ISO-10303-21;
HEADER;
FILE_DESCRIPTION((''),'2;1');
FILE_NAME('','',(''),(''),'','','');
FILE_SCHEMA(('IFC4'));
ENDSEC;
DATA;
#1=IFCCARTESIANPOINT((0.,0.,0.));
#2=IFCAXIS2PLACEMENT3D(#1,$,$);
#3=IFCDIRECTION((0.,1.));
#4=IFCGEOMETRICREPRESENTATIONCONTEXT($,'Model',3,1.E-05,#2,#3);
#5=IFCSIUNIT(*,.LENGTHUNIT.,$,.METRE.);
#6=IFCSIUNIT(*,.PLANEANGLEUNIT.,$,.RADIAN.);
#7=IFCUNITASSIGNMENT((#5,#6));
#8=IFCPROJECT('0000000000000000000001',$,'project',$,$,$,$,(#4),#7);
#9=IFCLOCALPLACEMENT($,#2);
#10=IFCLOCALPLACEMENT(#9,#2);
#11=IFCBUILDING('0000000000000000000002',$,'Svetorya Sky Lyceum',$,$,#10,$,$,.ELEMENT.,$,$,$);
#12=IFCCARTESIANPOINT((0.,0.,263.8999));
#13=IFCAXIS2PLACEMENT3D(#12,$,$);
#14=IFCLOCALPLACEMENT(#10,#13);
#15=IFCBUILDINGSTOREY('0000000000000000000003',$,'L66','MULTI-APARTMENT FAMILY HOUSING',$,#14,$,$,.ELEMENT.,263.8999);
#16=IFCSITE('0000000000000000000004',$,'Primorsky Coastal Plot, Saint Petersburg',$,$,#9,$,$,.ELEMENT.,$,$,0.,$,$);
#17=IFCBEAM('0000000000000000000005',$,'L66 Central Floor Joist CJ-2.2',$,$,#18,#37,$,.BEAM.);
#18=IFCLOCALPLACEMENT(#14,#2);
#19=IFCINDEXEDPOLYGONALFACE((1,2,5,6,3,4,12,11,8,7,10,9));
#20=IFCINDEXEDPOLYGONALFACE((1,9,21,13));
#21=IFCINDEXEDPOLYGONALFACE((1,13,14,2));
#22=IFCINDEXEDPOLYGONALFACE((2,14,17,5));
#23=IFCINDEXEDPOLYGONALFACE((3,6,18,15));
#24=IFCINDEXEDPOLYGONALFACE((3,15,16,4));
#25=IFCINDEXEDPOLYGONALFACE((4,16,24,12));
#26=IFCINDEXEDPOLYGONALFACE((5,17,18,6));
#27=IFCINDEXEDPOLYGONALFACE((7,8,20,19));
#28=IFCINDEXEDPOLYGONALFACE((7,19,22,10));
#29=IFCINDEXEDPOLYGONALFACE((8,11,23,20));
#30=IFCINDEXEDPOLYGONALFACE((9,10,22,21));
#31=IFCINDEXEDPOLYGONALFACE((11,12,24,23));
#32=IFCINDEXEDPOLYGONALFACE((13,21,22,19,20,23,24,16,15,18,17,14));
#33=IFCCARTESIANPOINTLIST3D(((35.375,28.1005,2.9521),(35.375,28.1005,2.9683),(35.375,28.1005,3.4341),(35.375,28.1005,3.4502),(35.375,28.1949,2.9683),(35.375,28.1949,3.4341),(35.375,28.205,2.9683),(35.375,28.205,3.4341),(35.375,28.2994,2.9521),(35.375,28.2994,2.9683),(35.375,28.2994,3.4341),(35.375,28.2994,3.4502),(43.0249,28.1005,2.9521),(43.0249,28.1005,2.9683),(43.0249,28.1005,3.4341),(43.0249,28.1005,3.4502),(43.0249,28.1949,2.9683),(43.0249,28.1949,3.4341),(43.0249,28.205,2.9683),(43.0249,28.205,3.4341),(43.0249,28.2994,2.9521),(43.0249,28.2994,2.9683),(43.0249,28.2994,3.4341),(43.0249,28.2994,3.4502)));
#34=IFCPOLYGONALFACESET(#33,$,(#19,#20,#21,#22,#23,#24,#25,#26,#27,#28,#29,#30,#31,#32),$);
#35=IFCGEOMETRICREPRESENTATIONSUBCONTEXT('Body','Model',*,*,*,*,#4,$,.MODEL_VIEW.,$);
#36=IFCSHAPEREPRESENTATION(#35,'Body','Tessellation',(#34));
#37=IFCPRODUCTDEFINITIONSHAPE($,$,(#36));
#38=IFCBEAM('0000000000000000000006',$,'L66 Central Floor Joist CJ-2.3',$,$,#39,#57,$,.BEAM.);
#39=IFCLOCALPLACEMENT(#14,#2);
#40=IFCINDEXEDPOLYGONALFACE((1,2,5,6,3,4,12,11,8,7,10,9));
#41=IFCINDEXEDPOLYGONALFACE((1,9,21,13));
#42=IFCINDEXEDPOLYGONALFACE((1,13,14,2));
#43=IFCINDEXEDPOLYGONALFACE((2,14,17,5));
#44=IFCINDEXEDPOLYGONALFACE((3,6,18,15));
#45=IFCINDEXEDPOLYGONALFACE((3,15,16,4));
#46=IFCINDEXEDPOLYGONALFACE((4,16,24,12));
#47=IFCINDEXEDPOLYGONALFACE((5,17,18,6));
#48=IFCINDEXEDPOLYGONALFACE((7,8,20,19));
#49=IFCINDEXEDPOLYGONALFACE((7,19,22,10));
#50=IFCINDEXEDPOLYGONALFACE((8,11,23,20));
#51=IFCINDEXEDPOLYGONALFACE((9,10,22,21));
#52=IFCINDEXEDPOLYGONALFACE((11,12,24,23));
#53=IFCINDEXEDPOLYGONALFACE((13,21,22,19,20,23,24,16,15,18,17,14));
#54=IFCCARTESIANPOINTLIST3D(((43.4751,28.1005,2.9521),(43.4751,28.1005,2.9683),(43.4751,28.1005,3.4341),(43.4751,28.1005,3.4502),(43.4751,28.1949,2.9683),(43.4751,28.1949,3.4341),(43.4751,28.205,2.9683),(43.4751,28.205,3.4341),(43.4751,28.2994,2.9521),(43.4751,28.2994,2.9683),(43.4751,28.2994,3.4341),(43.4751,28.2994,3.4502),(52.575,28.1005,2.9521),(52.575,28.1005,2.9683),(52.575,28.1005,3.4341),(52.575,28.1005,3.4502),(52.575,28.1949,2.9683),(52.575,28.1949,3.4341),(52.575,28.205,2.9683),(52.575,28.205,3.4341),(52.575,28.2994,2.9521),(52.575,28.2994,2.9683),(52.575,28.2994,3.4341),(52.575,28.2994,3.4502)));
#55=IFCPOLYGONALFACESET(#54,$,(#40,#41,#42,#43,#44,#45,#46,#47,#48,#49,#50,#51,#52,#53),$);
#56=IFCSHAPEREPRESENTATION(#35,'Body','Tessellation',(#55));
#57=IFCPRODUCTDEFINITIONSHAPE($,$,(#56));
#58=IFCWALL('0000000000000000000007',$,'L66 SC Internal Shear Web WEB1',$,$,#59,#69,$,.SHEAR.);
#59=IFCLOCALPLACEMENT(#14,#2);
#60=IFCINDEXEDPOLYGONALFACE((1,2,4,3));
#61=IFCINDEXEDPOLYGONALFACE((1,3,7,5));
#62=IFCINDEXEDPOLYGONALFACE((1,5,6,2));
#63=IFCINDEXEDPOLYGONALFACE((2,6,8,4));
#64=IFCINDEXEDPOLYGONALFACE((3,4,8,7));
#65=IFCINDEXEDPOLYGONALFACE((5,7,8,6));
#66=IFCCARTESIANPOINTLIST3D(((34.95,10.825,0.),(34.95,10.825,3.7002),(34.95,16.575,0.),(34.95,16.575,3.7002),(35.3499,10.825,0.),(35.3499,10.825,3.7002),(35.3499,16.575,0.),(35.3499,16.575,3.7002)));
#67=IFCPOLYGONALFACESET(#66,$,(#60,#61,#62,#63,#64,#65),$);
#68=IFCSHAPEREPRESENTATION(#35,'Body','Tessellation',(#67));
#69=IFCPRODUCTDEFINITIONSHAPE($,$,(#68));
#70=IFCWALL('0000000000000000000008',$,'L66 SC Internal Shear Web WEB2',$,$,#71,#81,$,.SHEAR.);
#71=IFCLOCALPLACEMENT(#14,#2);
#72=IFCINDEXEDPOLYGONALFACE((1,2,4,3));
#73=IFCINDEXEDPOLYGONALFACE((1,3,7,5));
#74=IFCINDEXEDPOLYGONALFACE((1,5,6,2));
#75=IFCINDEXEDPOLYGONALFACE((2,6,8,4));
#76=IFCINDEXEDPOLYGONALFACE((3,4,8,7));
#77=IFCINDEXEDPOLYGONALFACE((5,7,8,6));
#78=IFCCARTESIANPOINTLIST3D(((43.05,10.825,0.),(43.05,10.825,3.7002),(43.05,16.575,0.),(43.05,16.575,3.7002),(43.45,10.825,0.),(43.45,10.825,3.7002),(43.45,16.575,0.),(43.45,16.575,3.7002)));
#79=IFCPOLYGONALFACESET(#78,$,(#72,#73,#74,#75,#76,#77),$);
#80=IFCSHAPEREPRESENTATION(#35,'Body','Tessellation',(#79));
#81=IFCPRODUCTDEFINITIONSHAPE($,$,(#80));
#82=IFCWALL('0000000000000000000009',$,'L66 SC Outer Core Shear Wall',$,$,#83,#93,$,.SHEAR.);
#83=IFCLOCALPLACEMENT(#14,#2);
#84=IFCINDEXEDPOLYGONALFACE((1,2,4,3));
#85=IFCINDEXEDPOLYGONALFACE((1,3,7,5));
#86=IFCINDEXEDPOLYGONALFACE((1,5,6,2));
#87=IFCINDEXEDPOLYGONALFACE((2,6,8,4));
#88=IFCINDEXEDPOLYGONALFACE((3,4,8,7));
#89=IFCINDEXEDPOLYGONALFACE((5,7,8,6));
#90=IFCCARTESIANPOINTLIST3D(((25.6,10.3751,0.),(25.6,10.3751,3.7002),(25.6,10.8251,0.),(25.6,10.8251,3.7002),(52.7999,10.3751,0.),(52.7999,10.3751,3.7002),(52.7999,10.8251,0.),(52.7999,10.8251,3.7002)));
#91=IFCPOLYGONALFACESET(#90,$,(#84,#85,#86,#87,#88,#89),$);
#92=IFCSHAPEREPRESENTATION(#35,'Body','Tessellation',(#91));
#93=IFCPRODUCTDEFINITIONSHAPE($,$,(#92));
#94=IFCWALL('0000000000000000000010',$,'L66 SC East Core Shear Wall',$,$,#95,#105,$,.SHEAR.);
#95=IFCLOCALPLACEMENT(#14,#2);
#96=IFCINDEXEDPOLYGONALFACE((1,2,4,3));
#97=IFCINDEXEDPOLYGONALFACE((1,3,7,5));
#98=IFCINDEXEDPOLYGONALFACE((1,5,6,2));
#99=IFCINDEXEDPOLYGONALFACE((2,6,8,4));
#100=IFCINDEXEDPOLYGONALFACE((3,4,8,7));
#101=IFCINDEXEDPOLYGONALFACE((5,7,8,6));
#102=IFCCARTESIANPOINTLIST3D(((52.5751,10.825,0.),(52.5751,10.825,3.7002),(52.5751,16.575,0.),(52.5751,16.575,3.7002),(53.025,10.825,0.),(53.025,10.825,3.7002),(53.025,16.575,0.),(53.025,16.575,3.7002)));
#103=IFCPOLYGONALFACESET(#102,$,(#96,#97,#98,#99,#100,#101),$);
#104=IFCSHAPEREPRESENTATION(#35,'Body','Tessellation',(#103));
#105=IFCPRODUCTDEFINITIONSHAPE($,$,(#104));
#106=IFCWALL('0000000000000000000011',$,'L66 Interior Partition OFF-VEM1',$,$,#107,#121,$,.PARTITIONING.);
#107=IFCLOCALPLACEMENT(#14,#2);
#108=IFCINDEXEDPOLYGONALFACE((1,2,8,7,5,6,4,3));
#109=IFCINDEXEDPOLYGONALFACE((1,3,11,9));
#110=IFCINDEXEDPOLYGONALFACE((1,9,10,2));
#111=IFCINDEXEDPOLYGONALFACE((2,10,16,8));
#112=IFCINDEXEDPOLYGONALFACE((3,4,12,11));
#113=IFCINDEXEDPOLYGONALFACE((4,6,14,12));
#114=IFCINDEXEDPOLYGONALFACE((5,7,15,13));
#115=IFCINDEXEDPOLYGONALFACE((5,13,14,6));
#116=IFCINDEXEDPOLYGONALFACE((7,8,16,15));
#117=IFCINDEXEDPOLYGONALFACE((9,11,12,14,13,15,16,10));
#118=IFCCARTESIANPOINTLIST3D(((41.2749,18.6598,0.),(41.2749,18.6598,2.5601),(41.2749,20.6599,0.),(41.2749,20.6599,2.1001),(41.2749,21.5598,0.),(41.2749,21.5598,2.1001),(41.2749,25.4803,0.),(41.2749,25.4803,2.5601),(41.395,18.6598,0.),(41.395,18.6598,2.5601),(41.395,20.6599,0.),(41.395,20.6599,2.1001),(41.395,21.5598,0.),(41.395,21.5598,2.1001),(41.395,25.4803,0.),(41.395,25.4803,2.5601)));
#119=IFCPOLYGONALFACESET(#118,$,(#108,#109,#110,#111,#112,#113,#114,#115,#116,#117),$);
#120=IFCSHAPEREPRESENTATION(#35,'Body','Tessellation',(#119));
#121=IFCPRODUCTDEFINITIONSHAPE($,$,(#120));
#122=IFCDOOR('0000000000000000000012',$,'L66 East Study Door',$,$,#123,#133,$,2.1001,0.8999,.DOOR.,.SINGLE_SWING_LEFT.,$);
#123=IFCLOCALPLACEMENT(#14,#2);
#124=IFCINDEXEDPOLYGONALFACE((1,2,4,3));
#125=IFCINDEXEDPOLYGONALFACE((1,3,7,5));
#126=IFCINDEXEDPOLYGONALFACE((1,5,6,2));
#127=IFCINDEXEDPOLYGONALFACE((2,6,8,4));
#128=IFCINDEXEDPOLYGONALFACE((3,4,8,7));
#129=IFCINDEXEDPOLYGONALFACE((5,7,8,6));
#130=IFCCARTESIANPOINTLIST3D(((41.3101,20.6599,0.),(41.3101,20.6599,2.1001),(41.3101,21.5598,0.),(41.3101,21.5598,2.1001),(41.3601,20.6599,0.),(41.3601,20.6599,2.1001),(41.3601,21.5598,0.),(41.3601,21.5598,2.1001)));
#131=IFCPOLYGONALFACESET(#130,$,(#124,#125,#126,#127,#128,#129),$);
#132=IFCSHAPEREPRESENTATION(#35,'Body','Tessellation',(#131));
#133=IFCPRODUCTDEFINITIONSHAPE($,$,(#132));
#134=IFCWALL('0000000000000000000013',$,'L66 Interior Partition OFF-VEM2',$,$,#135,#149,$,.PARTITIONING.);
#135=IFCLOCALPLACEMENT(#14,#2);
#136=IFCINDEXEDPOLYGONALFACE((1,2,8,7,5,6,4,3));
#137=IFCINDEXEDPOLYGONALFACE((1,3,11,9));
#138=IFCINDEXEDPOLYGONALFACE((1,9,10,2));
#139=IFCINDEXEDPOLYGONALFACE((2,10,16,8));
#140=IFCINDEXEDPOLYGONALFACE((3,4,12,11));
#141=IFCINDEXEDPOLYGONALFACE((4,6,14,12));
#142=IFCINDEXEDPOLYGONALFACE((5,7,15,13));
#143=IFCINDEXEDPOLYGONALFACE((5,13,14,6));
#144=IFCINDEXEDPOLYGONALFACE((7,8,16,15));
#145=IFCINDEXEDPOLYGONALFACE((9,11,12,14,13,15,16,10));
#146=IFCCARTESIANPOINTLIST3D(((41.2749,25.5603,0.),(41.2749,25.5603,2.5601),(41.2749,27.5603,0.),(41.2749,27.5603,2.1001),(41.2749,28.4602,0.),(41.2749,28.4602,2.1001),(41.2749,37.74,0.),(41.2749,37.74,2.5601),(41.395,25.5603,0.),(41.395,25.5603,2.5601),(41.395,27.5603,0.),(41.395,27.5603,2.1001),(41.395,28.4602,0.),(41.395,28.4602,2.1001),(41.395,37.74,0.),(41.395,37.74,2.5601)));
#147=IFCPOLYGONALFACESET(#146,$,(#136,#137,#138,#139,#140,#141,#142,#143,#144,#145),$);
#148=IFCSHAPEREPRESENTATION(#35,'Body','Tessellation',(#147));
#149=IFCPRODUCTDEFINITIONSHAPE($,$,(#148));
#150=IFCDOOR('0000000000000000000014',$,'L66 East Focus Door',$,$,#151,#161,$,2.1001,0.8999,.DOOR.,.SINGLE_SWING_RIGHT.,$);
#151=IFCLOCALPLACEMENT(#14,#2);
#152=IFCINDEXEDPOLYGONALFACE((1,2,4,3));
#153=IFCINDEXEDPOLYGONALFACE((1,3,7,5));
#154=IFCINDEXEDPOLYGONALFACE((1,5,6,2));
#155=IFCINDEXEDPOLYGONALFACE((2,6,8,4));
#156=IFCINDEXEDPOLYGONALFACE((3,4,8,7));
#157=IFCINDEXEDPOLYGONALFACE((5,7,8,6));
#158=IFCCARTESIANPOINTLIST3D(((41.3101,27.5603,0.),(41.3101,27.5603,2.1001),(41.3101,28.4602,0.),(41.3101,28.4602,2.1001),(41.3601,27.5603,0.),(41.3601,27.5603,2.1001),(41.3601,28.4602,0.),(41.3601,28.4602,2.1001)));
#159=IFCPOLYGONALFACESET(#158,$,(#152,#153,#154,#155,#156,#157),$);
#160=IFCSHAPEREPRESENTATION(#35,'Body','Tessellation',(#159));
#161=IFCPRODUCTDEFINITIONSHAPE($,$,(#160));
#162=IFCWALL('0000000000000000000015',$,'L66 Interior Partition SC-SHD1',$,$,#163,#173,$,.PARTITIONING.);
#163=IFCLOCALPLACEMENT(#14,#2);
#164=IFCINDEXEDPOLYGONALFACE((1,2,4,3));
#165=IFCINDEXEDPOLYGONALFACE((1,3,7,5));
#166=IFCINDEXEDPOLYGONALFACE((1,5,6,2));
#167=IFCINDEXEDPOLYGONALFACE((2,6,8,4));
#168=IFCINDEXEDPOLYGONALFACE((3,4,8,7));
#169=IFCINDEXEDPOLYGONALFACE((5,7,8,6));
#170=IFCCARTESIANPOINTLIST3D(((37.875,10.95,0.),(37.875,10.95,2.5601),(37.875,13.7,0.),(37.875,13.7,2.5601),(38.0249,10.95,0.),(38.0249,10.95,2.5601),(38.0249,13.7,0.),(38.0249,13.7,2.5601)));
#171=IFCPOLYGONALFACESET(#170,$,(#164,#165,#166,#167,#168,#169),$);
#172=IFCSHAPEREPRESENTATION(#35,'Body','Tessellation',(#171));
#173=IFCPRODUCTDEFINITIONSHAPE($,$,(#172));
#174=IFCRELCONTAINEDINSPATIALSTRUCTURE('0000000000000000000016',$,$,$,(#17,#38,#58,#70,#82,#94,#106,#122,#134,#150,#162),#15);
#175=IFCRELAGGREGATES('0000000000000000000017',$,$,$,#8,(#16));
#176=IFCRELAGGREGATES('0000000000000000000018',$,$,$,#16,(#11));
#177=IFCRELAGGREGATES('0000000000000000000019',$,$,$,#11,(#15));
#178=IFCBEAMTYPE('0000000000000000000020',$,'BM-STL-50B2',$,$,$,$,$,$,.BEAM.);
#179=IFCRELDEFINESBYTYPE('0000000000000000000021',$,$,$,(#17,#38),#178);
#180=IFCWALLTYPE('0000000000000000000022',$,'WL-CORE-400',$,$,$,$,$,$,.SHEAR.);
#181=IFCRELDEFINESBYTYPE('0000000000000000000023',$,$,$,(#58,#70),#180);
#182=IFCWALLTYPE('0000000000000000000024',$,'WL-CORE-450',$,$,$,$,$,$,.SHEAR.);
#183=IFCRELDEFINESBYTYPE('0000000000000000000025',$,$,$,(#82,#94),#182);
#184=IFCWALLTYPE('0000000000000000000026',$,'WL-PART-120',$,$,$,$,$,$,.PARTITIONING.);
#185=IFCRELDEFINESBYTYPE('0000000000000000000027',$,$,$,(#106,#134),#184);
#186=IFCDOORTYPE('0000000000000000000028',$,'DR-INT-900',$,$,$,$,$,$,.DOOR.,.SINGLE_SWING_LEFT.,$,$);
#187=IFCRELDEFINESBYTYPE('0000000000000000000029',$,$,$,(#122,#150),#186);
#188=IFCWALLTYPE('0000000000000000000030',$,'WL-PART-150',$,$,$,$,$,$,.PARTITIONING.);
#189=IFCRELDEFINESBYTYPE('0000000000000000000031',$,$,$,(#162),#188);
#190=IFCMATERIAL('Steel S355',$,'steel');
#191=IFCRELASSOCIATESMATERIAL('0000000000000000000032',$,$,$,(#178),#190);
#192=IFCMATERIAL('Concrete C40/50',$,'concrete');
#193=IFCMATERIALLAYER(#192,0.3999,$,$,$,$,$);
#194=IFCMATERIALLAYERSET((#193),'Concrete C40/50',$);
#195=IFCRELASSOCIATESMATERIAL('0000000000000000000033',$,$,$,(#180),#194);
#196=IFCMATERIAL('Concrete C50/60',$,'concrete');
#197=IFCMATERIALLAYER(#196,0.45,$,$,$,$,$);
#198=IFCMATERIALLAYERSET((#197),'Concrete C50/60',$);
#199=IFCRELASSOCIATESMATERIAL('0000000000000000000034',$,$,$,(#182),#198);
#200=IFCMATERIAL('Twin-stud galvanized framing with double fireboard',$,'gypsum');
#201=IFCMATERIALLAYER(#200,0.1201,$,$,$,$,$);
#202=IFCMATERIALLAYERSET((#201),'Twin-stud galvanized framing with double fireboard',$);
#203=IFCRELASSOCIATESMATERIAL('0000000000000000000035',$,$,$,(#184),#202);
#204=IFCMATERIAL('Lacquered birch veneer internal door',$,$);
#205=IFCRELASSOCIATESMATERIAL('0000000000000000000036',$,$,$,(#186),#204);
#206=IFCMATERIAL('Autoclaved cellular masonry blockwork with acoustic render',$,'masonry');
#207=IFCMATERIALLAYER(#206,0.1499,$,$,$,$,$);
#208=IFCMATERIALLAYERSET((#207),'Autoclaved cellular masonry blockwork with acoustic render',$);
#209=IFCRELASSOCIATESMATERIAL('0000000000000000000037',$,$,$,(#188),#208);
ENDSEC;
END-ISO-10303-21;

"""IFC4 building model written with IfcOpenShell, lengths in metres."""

from ifc_helpers import new_model, si_unit, direction, frame, frame_2d, origin, origin_2d, place, context, subcontext, project, spatial, rectangle, i_section, extrude, material, layer, layer_set, material_profile, profile_set, type_object, element, fill, save


model = new_model("IFC4")

# Units and contexts
model_context = context("Model", 3, precision=1e-05, world=origin(), true_north=direction((0.0, 1.0)))
body_context = subcontext(model_context, "Body", "Model", "MODEL_VIEW")
ifc_project = project(units=[si_unit("LENGTHUNIT", "METRE"), si_unit("PLANEANGLEUNIT", "RADIAN")], contexts=[model_context])

# Site, building, storey
site_placement = place(None, origin())
site = spatial("IfcSite", under=ifc_project, at=site_placement, Name="Primorsky Coastal Plot, Saint Petersburg", CompositionType="ELEMENT", RefElevation=0.0)
building_placement = place(site_placement, origin())
building = spatial("IfcBuilding", under=site, at=building_placement, Name="Svetorya Sky Lyceum", CompositionType="ELEMENT")
storey_placement = place(building_placement, frame((0.0, 0.0, 263.8999)))
storey = spatial("IfcBuildingStorey", under=building, at=storey_placement, Name="L66", Description="MULTI-APARTMENT FAMILY HOUSING", CompositionType="ELEMENT", Elevation=263.8999)

# Shared definitions
ifc_material_1 = material(Name="Concrete C40/50", Category="concrete")

# Beams
ifc_material_2 = material(Name="Concrete C50/60", Category="concrete")
ifc_material_3 = material(Name="Steel S355", Category="steel")
ifc_material_profile_1 = material_profile(ifc_material_3, i_section(OverallWidth=0.199, OverallDepth=0.498, WebThickness=0.01, FlangeThickness=0.0161, at=origin_2d()), Name="GOST 50B2")
ifc_profile_set_1 = profile_set([ifc_material_profile_1], Name="Steel S355")
beam_type_1 = type_object("IfcBeamType", Name="BM-STL-50B2", PredefinedType="BEAM", material=ifc_profile_set_1)
beam_1_placement = place(storey_placement, frame((35.375, 28.2, 3.2012), z_axis=(1.0, 0.0, 0.0), x_axis=(0.0, 1.0, 0.0)))
element("IfcBeam", 1, at=beam_1_placement, inside=storey, type_object=beam_type_1, Name="L66 Central Floor Joist CJ-2.2", PredefinedType="BEAM", context=body_context, shape_type="SweptSolid", body=[
    extrude(i_section(OverallWidth=0.199, OverallDepth=0.498, WebThickness=0.01, FlangeThickness=0.0161, at=origin_2d()), origin(), (0.0, 0.0, 1.0), 7.6499),
])
beam_2_placement = place(storey_placement, frame((43.4751, 28.2, 3.2012), z_axis=(1.0, 0.0, 0.0), x_axis=(0.0, 1.0, 0.0)))
element("IfcBeam", 2, at=beam_2_placement, inside=storey, type_object=beam_type_1, Name="L66 Central Floor Joist CJ-2.3", PredefinedType="BEAM", context=body_context, shape_type="SweptSolid", body=[
    extrude(i_section(OverallWidth=0.199, OverallDepth=0.498, WebThickness=0.01, FlangeThickness=0.0161, at=origin_2d()), origin(), (0.0, 0.0, 1.0), 9.0999),
])

# Walls
ifc_layer_1 = layer(ifc_material_1, 0.3999)
ifc_layer_set_1 = layer_set([ifc_layer_1], Name="Concrete C40/50")
wall_type_1 = type_object("IfcWallType", Name="WL-CORE-400", PredefinedType="SHEAR", material=ifc_layer_set_1)
for number, where, z_axis, x_axis, name in (
    (3, (35.1499, 10.825, 0.0), (0.0, 0.0, 1.0), (0.0, 1.0, 0.0), "L66 SC Internal Shear Web WEB1"),
    (4, (43.25, 10.825, 0.0), (0.0, 0.0, 1.0), (0.0, 1.0, 0.0), "L66 SC Internal Shear Web WEB2"),
):
    element("IfcWall", number, at=place(storey_placement, frame(where, z_axis=z_axis, x_axis=x_axis)), inside=storey, type_object=wall_type_1, Name=name, PredefinedType="SHEAR", context=body_context, shape_type="SweptSolid", body=[
        extrude(rectangle(XDim=5.75, YDim=0.3999, at=frame_2d((2.875, 0.0))), origin(), (0.0, 0.0, 1.0), 3.7002),
    ])
ifc_layer_2 = layer(ifc_material_2, 0.45)
ifc_layer_set_2 = layer_set([ifc_layer_2], Name="Concrete C50/60")
wall_type_2 = type_object("IfcWallType", Name="WL-CORE-450", PredefinedType="SHEAR", material=ifc_layer_set_2)
wall_1_placement = place(storey_placement, frame((52.8, 10.6001, 0.0), z_axis=(0.0, 0.0, 1.0), x_axis=(-1.0, 0.0, 0.0)))
element("IfcWall", 5, at=wall_1_placement, inside=storey, type_object=wall_type_2, Name="L66 SC Outer Core Shear Wall", PredefinedType="SHEAR", context=body_context, shape_type="SweptSolid", body=[
    extrude(rectangle(XDim=27.2, YDim=0.45, at=frame_2d((13.6001, 0.0))), origin(), (0.0, 0.0, 1.0), 3.7002),
])
wall_2_placement = place(storey_placement, frame((52.8, 10.825, 0.0), z_axis=(0.0, 0.0, 1.0), x_axis=(0.0, 1.0, 0.0)))
element("IfcWall", 6, at=wall_2_placement, inside=storey, type_object=wall_type_2, Name="L66 SC East Core Shear Wall", PredefinedType="SHEAR", context=body_context, shape_type="SweptSolid", body=[
    extrude(rectangle(XDim=5.75, YDim=0.45, at=frame_2d((2.875, 0.0))), origin(), (0.0, 0.0, 1.0), 3.7002),
])

# Walls, openings, doors
ifc_material_4 = material(Name="Twin-stud galvanized framing with double fireboard", Category="gypsum")
ifc_layer_3 = layer(ifc_material_4, 0.1201)
ifc_layer_set_3 = layer_set([ifc_layer_3], Name="Twin-stud galvanized framing with double fireboard")
wall_type_3 = type_object("IfcWallType", Name="WL-PART-120", PredefinedType="PARTITIONING", material=ifc_layer_set_3)
wall_3_placement = place(storey_placement, frame((41.335, 18.6599, 0.0), z_axis=(0.0, 0.0, 1.0), x_axis=(0.0, 1.0, 0.0)))
wall_3 = element("IfcWall", 7, at=wall_3_placement, inside=storey, type_object=wall_type_3, Name="L66 Interior Partition OFF-VEM1", PredefinedType="PARTITIONING", context=body_context, shape_type="SweptSolid", body=[
    extrude(rectangle(XDim=6.8206, YDim=0.1201, at=frame_2d((3.4102, 0.0))), origin(), (0.0, 0.0, 1.0), 2.5601),
])
opening_1_placement = place(wall_3_placement, frame((2.0, 0.0, 0.0)))
opening_1 = element("IfcOpeningElement", 8, at=opening_1_placement, cuts=wall_3, PredefinedType="OPENING", context=body_context, shape_type="SweptSolid", body=[
    extrude(rectangle(XDim=0.8999, YDim=2.1001, at=frame_2d((0.45, 1.05))), frame((0.0, 0.0701, 0.0), z_axis=(0.0, -1.0, 0.0), x_axis=(1.0, 0.0, 0.0)), (0.0, 0.0, 1.0), 0.1401),
])
ifc_material_5 = material(Name="Lacquered birch veneer internal door")
door_type_1 = type_object("IfcDoorType", Name="DR-INT-900", OperationType="SINGLE_SWING_LEFT", PredefinedType="DOOR", material=ifc_material_5)
door_1_placement = place(opening_1_placement, origin())
door_1 = element("IfcDoor", 9, at=door_1_placement, inside=storey, type_object=door_type_1, Name="L66 East Study Door", OperationType="SINGLE_SWING_LEFT", OverallHeight=2.1001, OverallWidth=0.8999, PredefinedType="DOOR", context=body_context, shape_type="SweptSolid", body=[
    extrude(rectangle(XDim=0.8999, YDim=2.1001, at=frame_2d((0.45, 1.05))), frame((0.0, 0.0249, 0.0), z_axis=(0.0, -1.0, 0.0), x_axis=(1.0, 0.0, 0.0)), (0.0, 0.0, 1.0), 0.05),
])
fill(opening_1, door_1)
wall_4_placement = place(storey_placement, frame((41.335, 25.5603, 0.0), z_axis=(0.0, 0.0, 1.0), x_axis=(0.0, 1.0, 0.0)))
wall_4 = element("IfcWall", 10, at=wall_4_placement, inside=storey, type_object=wall_type_3, Name="L66 Interior Partition OFF-VEM2", PredefinedType="PARTITIONING", context=body_context, shape_type="SweptSolid", body=[
    extrude(rectangle(XDim=12.1797, YDim=0.1201, at=frame_2d((6.0898, 0.0))), origin(), (0.0, 0.0, 1.0), 2.5601),
])
opening_2_placement = place(wall_4_placement, frame((2.0, 0.0, 0.0)))
opening_2 = element("IfcOpeningElement", 11, at=opening_2_placement, cuts=wall_4, PredefinedType="OPENING", context=body_context, shape_type="SweptSolid", body=[
    extrude(rectangle(XDim=0.8999, YDim=2.1001, at=frame_2d((0.45, 1.05))), frame((0.0, 0.0701, 0.0), z_axis=(0.0, -1.0, 0.0), x_axis=(1.0, 0.0, 0.0)), (0.0, 0.0, 1.0), 0.1401),
])
door_2_placement = place(opening_2_placement, origin())
door_2 = element("IfcDoor", 12, at=door_2_placement, inside=storey, type_object=door_type_1, Name="L66 East Focus Door", OperationType="SINGLE_SWING_RIGHT", OverallHeight=2.1001, OverallWidth=0.8999, PredefinedType="DOOR", context=body_context, shape_type="SweptSolid", body=[
    extrude(rectangle(XDim=0.8999, YDim=2.1001, at=frame_2d((0.45, 1.05))), frame((0.0, 0.0249, 0.0), z_axis=(0.0, -1.0, 0.0), x_axis=(1.0, 0.0, 0.0)), (0.0, 0.0, 1.0), 0.05),
])
fill(opening_2, door_2)

# Wall
ifc_material_6 = material(Name="Autoclaved cellular masonry blockwork with acoustic render", Category="masonry")
ifc_layer_4 = layer(ifc_material_6, 0.1499)
ifc_layer_set_4 = layer_set([ifc_layer_4], Name="Autoclaved cellular masonry blockwork with acoustic render")
wall_type_4 = type_object("IfcWallType", Name="WL-PART-150", PredefinedType="PARTITIONING", material=ifc_layer_set_4)
for number, where, z_axis, x_axis, name in (
    (13, (37.95, 10.95, 0.0), (0.0, 0.0, 1.0), (0.0, 1.0, 0.0), "L66 Interior Partition SC-SHD1"),
):
    element("IfcWall", number, at=place(storey_placement, frame(where, z_axis=z_axis, x_axis=x_axis)), inside=storey, type_object=wall_type_4, Name=name, PredefinedType="PARTITIONING", context=body_context, shape_type="SweptSolid", body=[
        extrude(rectangle(XDim=2.75, YDim=0.1499, at=frame_2d((1.375, 0.0))), origin(), (0.0, 0.0, 1.0), 2.5601),
    ])

save(model, "model.ifc")
